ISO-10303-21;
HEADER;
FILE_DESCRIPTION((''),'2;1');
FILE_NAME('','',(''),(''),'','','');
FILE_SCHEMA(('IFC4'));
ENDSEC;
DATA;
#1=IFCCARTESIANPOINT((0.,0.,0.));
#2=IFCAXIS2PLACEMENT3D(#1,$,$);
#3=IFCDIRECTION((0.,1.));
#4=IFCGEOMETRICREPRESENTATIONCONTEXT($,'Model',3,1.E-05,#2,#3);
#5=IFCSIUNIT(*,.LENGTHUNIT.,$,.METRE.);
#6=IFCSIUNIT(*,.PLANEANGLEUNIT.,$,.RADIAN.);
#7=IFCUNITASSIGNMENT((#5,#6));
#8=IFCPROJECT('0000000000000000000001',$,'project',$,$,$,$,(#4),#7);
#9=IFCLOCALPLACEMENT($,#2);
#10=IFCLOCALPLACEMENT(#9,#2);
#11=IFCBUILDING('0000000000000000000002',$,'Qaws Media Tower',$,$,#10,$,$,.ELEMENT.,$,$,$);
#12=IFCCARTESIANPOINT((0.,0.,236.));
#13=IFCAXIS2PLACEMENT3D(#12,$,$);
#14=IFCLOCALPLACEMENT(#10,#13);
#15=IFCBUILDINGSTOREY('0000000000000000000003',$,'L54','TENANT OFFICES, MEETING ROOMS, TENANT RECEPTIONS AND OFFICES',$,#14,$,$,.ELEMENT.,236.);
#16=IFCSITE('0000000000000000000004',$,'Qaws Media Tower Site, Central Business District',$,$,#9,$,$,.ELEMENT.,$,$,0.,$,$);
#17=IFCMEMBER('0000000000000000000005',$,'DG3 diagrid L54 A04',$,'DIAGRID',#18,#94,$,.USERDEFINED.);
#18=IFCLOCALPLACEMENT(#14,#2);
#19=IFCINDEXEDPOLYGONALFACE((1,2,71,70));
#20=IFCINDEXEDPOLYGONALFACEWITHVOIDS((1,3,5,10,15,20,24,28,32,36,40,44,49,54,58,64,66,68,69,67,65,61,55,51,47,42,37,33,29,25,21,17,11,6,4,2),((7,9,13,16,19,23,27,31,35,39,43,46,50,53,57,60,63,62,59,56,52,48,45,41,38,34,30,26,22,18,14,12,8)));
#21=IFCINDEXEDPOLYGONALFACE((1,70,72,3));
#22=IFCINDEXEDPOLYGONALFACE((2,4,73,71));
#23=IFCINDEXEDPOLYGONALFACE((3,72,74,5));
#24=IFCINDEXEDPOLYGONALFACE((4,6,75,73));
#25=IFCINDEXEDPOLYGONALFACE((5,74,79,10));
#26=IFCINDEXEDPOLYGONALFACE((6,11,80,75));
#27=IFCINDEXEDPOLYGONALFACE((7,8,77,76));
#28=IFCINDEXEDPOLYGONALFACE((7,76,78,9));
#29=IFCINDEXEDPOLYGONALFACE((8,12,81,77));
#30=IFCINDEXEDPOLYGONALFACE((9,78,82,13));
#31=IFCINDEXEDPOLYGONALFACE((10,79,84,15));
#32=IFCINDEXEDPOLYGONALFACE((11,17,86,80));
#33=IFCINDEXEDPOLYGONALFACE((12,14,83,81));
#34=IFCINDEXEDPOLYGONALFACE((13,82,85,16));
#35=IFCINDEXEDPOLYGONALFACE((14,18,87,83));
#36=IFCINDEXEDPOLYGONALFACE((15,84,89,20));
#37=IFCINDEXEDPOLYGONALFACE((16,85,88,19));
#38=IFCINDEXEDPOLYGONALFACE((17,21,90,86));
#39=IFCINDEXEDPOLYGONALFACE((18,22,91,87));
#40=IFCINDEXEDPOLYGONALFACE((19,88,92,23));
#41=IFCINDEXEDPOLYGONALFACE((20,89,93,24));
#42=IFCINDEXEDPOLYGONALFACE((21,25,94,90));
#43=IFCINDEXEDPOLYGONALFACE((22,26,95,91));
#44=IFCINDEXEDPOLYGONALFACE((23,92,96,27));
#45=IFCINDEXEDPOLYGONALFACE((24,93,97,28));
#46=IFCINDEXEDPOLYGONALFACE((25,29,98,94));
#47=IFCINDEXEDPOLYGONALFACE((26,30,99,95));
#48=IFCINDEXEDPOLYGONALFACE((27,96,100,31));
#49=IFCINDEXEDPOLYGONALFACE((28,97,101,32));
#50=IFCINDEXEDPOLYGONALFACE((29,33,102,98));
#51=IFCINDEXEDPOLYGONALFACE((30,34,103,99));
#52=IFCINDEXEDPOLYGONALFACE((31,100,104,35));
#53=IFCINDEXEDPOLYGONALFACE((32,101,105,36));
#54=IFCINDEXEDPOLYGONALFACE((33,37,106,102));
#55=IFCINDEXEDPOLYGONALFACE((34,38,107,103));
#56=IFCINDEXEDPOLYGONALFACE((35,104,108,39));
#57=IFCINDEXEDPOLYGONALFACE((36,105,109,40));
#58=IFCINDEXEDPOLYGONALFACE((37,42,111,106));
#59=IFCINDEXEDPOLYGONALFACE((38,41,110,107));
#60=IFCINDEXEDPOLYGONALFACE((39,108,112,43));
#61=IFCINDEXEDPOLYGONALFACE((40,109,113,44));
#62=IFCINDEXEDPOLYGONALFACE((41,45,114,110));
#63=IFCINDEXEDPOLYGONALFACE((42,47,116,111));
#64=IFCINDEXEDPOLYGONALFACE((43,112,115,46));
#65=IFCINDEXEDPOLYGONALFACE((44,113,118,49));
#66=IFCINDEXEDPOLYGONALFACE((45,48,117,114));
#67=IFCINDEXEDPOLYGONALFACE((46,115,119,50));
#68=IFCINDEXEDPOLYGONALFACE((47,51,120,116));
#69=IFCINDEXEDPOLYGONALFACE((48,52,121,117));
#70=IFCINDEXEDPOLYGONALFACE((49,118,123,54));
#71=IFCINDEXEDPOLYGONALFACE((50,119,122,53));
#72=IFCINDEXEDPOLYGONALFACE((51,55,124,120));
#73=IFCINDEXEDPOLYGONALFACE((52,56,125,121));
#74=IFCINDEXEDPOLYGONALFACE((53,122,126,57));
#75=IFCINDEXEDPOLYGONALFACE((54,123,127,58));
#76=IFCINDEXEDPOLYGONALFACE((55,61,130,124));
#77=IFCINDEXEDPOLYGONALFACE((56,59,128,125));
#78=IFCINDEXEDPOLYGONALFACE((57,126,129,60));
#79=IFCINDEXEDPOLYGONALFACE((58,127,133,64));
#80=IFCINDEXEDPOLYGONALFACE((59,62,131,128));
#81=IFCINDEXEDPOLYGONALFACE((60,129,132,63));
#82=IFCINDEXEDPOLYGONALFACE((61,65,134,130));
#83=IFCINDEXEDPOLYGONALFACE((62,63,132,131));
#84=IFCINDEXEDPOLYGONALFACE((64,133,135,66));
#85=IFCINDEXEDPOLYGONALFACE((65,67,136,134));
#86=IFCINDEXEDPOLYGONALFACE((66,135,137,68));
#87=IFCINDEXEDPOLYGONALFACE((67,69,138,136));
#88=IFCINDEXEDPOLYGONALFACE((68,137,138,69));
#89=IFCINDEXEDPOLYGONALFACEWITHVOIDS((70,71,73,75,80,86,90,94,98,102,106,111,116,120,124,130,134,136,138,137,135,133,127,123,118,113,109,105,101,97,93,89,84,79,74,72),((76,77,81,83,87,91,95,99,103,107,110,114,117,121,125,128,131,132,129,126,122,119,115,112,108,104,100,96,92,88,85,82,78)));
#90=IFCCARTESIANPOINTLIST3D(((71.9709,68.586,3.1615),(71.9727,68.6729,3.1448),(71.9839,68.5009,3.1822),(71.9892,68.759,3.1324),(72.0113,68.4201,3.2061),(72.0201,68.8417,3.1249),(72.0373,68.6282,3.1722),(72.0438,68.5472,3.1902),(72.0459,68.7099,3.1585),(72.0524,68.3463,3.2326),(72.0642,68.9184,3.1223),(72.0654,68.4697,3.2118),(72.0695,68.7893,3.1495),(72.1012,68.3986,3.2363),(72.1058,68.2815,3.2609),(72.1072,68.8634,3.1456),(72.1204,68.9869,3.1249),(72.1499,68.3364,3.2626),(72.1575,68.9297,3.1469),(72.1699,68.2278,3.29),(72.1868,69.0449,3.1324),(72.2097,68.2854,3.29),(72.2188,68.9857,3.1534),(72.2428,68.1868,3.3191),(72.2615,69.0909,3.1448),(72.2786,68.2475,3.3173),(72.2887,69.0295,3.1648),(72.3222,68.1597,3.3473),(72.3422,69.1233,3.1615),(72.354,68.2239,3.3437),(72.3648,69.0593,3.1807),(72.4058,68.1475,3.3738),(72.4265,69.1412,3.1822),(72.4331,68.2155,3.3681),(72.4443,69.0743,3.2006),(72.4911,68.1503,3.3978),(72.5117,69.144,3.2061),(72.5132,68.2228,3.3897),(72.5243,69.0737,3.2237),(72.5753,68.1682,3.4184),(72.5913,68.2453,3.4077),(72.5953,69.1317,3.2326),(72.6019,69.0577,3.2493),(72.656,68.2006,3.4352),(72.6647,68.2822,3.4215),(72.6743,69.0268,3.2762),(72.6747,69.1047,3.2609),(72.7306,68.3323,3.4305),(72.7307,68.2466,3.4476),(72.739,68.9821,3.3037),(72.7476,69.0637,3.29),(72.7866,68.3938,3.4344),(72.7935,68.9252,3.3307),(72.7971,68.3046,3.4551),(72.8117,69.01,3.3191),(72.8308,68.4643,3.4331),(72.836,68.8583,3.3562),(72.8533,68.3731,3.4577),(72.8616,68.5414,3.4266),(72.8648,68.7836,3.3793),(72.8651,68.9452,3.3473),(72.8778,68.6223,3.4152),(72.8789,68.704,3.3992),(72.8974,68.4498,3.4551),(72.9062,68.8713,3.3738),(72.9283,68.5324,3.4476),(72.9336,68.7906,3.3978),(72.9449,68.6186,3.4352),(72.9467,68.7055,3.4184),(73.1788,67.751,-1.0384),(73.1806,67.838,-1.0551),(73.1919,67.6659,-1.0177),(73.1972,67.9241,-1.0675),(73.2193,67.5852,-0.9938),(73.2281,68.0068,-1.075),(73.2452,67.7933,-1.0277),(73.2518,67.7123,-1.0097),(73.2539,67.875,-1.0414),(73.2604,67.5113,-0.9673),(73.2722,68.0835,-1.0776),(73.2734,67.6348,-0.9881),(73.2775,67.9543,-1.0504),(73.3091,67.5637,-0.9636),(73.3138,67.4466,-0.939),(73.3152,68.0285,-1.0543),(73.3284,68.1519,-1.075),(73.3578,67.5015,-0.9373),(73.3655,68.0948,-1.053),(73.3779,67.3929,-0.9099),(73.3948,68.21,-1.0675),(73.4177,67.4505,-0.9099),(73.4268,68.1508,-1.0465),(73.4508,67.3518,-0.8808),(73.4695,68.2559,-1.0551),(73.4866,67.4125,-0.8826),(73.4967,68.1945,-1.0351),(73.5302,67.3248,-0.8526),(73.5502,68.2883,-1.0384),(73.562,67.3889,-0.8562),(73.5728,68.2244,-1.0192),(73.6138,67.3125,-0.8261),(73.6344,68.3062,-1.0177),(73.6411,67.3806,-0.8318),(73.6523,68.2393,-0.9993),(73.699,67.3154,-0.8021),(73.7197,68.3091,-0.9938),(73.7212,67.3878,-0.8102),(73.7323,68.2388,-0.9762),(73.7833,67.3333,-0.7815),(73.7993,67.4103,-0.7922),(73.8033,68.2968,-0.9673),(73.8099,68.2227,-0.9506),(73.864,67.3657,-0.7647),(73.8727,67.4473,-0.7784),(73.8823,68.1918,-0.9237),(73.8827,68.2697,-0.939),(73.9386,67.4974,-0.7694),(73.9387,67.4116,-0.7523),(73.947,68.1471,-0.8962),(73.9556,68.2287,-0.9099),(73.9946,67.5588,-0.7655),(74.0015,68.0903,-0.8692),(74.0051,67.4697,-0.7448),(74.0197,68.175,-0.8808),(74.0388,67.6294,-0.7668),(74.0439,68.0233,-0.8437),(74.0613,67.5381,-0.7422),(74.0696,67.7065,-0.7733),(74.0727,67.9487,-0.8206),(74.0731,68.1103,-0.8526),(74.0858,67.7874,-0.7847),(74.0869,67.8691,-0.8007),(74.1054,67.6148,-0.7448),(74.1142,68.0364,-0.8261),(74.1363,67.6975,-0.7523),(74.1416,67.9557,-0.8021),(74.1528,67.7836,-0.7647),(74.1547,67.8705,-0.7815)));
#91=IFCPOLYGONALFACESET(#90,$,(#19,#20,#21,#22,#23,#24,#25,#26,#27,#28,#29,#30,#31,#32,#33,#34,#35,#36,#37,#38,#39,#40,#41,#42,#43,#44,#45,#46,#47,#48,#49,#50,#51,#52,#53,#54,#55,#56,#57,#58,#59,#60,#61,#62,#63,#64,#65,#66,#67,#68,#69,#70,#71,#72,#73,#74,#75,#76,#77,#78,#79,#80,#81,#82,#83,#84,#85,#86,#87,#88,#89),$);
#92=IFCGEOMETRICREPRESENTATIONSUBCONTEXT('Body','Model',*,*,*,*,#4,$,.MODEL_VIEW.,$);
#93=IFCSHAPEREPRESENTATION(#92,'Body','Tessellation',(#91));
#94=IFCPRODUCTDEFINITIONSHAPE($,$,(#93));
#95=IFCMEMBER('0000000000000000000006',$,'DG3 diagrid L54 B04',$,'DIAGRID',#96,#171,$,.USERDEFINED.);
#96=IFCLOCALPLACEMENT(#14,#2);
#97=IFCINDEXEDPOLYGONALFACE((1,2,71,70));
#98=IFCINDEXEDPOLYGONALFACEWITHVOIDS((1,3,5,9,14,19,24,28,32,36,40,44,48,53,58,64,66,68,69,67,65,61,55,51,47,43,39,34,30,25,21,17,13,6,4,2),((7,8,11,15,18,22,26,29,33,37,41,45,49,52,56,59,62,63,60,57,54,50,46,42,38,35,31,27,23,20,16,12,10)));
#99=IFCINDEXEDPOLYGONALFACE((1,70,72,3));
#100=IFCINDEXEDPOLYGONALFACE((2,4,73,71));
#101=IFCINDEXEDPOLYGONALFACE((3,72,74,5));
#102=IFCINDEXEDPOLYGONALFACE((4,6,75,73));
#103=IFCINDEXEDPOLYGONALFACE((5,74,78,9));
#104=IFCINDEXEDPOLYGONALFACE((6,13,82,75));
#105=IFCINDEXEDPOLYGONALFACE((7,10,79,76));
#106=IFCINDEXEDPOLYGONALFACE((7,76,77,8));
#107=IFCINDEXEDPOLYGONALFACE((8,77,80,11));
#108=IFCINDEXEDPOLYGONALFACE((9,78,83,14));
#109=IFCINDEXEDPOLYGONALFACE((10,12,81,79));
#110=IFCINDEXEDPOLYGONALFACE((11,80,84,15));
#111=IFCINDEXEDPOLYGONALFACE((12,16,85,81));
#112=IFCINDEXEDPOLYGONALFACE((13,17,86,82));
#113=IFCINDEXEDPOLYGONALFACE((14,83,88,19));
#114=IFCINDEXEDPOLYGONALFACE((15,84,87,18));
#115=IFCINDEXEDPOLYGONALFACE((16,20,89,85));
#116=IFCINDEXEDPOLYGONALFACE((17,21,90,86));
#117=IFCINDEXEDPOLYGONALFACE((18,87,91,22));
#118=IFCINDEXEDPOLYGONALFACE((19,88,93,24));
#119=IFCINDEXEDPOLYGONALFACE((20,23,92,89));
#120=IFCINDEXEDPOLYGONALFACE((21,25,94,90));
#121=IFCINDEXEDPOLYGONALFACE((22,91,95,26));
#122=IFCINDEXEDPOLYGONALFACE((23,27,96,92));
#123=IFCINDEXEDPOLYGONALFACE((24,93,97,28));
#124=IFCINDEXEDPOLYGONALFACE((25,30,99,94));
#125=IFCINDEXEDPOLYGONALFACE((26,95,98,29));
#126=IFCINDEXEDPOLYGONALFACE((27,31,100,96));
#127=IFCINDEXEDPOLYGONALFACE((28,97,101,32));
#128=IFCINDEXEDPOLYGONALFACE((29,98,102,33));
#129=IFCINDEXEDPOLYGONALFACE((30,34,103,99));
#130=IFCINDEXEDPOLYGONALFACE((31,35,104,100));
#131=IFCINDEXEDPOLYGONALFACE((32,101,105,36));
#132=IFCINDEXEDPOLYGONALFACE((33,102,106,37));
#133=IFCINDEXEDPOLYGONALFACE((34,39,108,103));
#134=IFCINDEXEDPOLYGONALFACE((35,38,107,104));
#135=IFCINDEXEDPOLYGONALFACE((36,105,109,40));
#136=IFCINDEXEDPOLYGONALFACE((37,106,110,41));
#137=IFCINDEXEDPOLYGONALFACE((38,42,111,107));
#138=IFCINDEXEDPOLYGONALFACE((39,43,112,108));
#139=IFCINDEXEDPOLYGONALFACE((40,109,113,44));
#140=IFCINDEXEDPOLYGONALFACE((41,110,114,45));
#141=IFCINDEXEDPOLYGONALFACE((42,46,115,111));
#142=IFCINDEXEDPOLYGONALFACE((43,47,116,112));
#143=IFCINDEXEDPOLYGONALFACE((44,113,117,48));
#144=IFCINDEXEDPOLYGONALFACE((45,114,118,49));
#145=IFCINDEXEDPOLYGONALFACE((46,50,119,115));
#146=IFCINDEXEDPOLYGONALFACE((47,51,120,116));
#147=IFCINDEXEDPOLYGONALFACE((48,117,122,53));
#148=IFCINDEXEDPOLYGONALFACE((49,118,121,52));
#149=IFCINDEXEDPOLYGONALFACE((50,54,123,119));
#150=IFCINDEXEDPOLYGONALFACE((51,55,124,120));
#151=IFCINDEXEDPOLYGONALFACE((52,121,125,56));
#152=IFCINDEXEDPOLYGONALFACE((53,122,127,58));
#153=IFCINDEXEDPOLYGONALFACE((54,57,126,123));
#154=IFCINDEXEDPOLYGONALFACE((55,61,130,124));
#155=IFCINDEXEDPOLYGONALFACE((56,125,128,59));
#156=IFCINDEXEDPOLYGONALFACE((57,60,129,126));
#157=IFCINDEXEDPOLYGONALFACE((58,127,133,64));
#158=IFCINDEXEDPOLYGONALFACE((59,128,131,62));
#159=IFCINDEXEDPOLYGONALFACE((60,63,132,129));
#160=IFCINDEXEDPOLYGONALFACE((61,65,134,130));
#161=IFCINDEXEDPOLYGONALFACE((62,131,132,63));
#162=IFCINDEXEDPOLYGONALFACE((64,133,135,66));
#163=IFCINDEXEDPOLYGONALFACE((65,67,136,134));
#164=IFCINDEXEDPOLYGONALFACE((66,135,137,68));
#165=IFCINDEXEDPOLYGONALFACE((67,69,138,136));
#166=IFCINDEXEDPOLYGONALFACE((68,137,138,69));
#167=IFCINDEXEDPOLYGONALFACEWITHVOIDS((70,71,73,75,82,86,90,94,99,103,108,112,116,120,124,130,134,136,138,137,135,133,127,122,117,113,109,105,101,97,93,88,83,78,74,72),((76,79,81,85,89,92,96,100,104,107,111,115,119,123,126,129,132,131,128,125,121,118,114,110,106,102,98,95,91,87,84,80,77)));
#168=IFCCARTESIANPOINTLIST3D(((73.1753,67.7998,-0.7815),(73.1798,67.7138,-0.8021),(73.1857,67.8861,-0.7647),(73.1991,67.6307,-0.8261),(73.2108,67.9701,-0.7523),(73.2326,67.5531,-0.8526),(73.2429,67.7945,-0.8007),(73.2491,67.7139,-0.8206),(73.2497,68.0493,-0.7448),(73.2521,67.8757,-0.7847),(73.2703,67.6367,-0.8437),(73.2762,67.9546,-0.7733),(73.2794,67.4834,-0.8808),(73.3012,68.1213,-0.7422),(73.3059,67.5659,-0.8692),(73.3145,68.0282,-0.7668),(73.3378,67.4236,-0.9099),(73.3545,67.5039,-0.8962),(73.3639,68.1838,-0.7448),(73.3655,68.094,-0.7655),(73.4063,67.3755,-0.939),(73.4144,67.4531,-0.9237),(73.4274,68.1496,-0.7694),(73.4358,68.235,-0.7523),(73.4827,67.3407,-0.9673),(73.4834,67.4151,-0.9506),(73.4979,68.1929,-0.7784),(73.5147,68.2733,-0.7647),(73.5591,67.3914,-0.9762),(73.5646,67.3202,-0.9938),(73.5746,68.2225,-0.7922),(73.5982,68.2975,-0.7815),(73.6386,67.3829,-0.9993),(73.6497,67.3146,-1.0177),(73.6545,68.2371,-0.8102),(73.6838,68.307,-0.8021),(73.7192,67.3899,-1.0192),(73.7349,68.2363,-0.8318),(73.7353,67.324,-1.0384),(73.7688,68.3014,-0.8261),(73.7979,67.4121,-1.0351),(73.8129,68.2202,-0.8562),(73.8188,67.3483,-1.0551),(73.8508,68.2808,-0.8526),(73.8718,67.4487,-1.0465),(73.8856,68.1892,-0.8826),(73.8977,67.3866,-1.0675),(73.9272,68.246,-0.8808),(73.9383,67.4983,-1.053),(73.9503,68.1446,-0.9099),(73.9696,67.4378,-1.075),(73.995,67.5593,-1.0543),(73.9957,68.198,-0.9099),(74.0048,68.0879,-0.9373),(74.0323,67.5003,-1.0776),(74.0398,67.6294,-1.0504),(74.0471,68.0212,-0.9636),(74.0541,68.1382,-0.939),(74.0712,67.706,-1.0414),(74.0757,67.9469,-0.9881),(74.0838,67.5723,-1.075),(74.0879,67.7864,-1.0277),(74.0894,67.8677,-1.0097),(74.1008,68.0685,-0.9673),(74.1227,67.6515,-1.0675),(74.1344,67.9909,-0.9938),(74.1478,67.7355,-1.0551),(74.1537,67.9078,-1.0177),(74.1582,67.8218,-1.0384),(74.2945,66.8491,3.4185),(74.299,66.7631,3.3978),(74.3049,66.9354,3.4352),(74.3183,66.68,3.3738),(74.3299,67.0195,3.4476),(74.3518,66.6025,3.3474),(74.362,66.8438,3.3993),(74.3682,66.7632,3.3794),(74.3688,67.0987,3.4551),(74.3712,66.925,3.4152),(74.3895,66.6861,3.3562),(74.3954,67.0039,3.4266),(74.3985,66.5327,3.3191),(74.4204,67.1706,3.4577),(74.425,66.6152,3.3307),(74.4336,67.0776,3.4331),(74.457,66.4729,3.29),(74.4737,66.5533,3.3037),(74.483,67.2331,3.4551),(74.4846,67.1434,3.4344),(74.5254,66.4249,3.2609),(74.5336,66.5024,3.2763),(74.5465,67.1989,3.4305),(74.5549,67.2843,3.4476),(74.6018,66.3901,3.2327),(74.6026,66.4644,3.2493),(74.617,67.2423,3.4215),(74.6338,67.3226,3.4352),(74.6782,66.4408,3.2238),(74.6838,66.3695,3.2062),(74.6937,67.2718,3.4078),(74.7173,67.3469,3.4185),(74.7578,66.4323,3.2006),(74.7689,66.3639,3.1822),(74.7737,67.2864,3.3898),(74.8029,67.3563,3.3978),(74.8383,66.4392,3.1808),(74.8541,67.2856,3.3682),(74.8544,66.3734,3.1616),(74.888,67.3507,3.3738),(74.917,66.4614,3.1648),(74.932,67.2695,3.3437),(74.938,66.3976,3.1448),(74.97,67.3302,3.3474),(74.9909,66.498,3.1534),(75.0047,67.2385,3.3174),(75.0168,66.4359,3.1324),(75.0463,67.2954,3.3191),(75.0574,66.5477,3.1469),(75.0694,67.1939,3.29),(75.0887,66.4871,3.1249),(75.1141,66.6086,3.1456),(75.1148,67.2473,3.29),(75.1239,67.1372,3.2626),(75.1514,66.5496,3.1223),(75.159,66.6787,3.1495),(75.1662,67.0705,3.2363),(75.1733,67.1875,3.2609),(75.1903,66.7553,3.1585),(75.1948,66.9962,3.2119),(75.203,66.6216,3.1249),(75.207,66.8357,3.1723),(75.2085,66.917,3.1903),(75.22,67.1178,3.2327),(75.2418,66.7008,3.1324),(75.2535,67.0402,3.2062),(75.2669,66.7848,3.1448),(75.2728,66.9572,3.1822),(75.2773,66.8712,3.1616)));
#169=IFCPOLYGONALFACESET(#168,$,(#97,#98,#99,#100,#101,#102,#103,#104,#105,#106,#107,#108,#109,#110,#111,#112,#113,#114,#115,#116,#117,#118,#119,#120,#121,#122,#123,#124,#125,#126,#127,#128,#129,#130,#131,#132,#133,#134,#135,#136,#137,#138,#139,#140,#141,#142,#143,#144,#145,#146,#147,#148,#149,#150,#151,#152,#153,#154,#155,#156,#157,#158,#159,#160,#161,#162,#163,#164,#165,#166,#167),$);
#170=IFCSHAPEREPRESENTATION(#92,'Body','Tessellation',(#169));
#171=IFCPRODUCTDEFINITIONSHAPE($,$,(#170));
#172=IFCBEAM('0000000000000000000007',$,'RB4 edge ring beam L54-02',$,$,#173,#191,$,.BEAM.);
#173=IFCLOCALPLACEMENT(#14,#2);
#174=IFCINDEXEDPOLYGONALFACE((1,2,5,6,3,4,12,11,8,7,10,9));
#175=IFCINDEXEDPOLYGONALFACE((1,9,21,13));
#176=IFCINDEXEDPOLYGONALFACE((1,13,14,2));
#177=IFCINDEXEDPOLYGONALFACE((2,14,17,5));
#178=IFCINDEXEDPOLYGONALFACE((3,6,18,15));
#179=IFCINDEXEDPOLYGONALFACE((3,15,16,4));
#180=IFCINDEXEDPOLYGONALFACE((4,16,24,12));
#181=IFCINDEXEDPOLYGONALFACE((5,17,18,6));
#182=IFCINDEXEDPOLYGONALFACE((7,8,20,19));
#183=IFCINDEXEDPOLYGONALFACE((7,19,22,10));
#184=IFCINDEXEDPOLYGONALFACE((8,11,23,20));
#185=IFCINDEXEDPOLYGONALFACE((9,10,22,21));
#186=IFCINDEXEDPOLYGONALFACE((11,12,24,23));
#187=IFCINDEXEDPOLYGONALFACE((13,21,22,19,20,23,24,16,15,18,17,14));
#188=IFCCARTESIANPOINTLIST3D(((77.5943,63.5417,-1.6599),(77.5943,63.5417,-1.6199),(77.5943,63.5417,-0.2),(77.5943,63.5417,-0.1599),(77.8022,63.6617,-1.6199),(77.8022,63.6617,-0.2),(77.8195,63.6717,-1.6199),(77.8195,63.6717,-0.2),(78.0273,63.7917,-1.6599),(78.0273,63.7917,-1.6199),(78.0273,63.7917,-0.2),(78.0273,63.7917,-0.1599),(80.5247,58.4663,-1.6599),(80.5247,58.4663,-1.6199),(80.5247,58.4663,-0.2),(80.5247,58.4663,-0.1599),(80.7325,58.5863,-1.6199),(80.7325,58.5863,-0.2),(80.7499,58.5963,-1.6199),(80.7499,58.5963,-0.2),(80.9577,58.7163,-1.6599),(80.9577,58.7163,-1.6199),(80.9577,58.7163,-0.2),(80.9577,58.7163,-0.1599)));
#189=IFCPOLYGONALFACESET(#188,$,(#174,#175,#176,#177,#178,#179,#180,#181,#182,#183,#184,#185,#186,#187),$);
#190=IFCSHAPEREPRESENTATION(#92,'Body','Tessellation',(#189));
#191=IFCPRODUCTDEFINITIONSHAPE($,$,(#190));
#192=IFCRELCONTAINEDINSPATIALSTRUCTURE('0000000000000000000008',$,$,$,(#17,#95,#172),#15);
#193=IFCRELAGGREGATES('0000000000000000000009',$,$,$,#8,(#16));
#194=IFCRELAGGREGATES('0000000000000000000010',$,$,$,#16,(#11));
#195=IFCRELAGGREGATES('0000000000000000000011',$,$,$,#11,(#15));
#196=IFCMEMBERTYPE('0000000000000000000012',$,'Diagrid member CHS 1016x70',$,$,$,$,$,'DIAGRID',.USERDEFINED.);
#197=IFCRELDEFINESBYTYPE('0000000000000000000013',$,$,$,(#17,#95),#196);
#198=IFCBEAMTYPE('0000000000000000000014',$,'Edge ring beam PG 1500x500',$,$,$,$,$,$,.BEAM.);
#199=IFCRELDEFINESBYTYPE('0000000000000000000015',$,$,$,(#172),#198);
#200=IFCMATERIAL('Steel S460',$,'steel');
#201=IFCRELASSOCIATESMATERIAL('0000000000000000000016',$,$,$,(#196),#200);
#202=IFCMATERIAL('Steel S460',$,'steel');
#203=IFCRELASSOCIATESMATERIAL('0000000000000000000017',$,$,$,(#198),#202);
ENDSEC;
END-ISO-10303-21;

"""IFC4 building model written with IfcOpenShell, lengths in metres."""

from ifc_helpers import new_model, si_unit, direction, frame, origin, origin_2d, place, context, subcontext, project, spatial, hollow_circle, i_section, extrude, material, material_profile, profile_set, type_object, element, save


model = new_model("IFC4")

# Units and contexts
model_context = context("Model", 3, precision=1e-05, world=origin(), true_north=direction((0.0, 1.0)))
body_context = subcontext(model_context, "Body", "Model", "MODEL_VIEW")
ifc_project = project(units=[si_unit("LENGTHUNIT", "METRE"), si_unit("PLANEANGLEUNIT", "RADIAN")], contexts=[model_context])

# Site, building, storey
site_placement = place(None, origin())
site = spatial("IfcSite", under=ifc_project, at=site_placement, Name="Qaws Media Tower Site, Central Business District", CompositionType="ELEMENT", RefElevation=0.0)
building_placement = place(site_placement, origin())
building = spatial("IfcBuilding", under=site, at=building_placement, Name="Qaws Media Tower", CompositionType="ELEMENT")
storey_placement = place(building_placement, frame((0.0, 0.0, 236.0)))
storey = spatial("IfcBuildingStorey", under=building, at=storey_placement, Name="L54", Description="TENANT OFFICES, MEETING ROOMS, TENANT RECEPTIONS AND OFFICES", CompositionType="ELEMENT", Elevation=236.0)

# Members
ifc_material_1 = material(Name="Steel S460", Category="steel")
ifc_material_profile_1 = material_profile(ifc_material_1, hollow_circle(Radius=0.5081, WallThickness=0.0701, at=origin_2d()), Name="CHS 1016x70")
ifc_profile_set_1 = profile_set([ifc_material_profile_1], Name="Steel S460")
member_type_1 = type_object("IfcMemberType", Name="Diagrid member CHS 1016x70", ElementType="DIAGRID", PredefinedType="USERDEFINED", material=ifc_profile_set_1)
for number, where, z_axis, x_axis, name in (
    (1, (73.6667, 67.8108, -0.9099), (-0.271507, 0.187662, 0.943963), (-0.568587, -0.822623, 0.0), "DG3 diagrid L54 A04"),
    (2, (73.6667, 67.8108, -0.9099), (0.251534, -0.213673, 0.943967), (0.647417, 0.762136, 0.0), "DG3 diagrid L54 B04"),
):
    element("IfcMember", number, at=place(storey_placement, frame(where, z_axis=z_axis, x_axis=x_axis)), inside=storey, type_object=member_type_1, Name=name, ObjectType="DIAGRID", PredefinedType="USERDEFINED", context=body_context, shape_type="SweptSolid", body=[
        extrude(hollow_circle(Radius=0.5081, WallThickness=0.0701, at=origin_2d()), origin(), (0.0, 0.0, 1.0), 4.4492),
    ])

# Beam
ifc_material_2 = material(Name="Steel S460", Category="steel")
ifc_material_profile_2 = material_profile(ifc_material_2, i_section(OverallWidth=0.5, OverallDepth=1.5, WebThickness=0.02, FlangeThickness=0.04, at=origin_2d()), Name="PG 1500x500")
ifc_profile_set_2 = profile_set([ifc_material_profile_2], Name="Steel S460")
beam_type_1 = type_object("IfcBeamType", Name="Edge ring beam PG 1500x500", PredefinedType="BEAM", material=ifc_profile_set_2)
for number, where, z_axis, x_axis, name in (
    (3, (80.7412, 58.5913, -0.9099), (-0.500015, 0.866017, 0.0), (-0.866017, -0.500015, 0.0), "RB4 edge ring beam L54-02"),
):
    element("IfcBeam", number, at=place(storey_placement, frame(where, z_axis=z_axis, x_axis=x_axis)), inside=storey, type_object=beam_type_1, Name=name, PredefinedType="BEAM", context=body_context, shape_type="SweptSolid", body=[
        extrude(i_section(OverallWidth=0.5, OverallDepth=1.5, WebThickness=0.02, FlangeThickness=0.04, at=origin_2d()), origin(), (0.0, 0.0, 1.0), 5.8606),
    ])

save(model, "model.ifc")
